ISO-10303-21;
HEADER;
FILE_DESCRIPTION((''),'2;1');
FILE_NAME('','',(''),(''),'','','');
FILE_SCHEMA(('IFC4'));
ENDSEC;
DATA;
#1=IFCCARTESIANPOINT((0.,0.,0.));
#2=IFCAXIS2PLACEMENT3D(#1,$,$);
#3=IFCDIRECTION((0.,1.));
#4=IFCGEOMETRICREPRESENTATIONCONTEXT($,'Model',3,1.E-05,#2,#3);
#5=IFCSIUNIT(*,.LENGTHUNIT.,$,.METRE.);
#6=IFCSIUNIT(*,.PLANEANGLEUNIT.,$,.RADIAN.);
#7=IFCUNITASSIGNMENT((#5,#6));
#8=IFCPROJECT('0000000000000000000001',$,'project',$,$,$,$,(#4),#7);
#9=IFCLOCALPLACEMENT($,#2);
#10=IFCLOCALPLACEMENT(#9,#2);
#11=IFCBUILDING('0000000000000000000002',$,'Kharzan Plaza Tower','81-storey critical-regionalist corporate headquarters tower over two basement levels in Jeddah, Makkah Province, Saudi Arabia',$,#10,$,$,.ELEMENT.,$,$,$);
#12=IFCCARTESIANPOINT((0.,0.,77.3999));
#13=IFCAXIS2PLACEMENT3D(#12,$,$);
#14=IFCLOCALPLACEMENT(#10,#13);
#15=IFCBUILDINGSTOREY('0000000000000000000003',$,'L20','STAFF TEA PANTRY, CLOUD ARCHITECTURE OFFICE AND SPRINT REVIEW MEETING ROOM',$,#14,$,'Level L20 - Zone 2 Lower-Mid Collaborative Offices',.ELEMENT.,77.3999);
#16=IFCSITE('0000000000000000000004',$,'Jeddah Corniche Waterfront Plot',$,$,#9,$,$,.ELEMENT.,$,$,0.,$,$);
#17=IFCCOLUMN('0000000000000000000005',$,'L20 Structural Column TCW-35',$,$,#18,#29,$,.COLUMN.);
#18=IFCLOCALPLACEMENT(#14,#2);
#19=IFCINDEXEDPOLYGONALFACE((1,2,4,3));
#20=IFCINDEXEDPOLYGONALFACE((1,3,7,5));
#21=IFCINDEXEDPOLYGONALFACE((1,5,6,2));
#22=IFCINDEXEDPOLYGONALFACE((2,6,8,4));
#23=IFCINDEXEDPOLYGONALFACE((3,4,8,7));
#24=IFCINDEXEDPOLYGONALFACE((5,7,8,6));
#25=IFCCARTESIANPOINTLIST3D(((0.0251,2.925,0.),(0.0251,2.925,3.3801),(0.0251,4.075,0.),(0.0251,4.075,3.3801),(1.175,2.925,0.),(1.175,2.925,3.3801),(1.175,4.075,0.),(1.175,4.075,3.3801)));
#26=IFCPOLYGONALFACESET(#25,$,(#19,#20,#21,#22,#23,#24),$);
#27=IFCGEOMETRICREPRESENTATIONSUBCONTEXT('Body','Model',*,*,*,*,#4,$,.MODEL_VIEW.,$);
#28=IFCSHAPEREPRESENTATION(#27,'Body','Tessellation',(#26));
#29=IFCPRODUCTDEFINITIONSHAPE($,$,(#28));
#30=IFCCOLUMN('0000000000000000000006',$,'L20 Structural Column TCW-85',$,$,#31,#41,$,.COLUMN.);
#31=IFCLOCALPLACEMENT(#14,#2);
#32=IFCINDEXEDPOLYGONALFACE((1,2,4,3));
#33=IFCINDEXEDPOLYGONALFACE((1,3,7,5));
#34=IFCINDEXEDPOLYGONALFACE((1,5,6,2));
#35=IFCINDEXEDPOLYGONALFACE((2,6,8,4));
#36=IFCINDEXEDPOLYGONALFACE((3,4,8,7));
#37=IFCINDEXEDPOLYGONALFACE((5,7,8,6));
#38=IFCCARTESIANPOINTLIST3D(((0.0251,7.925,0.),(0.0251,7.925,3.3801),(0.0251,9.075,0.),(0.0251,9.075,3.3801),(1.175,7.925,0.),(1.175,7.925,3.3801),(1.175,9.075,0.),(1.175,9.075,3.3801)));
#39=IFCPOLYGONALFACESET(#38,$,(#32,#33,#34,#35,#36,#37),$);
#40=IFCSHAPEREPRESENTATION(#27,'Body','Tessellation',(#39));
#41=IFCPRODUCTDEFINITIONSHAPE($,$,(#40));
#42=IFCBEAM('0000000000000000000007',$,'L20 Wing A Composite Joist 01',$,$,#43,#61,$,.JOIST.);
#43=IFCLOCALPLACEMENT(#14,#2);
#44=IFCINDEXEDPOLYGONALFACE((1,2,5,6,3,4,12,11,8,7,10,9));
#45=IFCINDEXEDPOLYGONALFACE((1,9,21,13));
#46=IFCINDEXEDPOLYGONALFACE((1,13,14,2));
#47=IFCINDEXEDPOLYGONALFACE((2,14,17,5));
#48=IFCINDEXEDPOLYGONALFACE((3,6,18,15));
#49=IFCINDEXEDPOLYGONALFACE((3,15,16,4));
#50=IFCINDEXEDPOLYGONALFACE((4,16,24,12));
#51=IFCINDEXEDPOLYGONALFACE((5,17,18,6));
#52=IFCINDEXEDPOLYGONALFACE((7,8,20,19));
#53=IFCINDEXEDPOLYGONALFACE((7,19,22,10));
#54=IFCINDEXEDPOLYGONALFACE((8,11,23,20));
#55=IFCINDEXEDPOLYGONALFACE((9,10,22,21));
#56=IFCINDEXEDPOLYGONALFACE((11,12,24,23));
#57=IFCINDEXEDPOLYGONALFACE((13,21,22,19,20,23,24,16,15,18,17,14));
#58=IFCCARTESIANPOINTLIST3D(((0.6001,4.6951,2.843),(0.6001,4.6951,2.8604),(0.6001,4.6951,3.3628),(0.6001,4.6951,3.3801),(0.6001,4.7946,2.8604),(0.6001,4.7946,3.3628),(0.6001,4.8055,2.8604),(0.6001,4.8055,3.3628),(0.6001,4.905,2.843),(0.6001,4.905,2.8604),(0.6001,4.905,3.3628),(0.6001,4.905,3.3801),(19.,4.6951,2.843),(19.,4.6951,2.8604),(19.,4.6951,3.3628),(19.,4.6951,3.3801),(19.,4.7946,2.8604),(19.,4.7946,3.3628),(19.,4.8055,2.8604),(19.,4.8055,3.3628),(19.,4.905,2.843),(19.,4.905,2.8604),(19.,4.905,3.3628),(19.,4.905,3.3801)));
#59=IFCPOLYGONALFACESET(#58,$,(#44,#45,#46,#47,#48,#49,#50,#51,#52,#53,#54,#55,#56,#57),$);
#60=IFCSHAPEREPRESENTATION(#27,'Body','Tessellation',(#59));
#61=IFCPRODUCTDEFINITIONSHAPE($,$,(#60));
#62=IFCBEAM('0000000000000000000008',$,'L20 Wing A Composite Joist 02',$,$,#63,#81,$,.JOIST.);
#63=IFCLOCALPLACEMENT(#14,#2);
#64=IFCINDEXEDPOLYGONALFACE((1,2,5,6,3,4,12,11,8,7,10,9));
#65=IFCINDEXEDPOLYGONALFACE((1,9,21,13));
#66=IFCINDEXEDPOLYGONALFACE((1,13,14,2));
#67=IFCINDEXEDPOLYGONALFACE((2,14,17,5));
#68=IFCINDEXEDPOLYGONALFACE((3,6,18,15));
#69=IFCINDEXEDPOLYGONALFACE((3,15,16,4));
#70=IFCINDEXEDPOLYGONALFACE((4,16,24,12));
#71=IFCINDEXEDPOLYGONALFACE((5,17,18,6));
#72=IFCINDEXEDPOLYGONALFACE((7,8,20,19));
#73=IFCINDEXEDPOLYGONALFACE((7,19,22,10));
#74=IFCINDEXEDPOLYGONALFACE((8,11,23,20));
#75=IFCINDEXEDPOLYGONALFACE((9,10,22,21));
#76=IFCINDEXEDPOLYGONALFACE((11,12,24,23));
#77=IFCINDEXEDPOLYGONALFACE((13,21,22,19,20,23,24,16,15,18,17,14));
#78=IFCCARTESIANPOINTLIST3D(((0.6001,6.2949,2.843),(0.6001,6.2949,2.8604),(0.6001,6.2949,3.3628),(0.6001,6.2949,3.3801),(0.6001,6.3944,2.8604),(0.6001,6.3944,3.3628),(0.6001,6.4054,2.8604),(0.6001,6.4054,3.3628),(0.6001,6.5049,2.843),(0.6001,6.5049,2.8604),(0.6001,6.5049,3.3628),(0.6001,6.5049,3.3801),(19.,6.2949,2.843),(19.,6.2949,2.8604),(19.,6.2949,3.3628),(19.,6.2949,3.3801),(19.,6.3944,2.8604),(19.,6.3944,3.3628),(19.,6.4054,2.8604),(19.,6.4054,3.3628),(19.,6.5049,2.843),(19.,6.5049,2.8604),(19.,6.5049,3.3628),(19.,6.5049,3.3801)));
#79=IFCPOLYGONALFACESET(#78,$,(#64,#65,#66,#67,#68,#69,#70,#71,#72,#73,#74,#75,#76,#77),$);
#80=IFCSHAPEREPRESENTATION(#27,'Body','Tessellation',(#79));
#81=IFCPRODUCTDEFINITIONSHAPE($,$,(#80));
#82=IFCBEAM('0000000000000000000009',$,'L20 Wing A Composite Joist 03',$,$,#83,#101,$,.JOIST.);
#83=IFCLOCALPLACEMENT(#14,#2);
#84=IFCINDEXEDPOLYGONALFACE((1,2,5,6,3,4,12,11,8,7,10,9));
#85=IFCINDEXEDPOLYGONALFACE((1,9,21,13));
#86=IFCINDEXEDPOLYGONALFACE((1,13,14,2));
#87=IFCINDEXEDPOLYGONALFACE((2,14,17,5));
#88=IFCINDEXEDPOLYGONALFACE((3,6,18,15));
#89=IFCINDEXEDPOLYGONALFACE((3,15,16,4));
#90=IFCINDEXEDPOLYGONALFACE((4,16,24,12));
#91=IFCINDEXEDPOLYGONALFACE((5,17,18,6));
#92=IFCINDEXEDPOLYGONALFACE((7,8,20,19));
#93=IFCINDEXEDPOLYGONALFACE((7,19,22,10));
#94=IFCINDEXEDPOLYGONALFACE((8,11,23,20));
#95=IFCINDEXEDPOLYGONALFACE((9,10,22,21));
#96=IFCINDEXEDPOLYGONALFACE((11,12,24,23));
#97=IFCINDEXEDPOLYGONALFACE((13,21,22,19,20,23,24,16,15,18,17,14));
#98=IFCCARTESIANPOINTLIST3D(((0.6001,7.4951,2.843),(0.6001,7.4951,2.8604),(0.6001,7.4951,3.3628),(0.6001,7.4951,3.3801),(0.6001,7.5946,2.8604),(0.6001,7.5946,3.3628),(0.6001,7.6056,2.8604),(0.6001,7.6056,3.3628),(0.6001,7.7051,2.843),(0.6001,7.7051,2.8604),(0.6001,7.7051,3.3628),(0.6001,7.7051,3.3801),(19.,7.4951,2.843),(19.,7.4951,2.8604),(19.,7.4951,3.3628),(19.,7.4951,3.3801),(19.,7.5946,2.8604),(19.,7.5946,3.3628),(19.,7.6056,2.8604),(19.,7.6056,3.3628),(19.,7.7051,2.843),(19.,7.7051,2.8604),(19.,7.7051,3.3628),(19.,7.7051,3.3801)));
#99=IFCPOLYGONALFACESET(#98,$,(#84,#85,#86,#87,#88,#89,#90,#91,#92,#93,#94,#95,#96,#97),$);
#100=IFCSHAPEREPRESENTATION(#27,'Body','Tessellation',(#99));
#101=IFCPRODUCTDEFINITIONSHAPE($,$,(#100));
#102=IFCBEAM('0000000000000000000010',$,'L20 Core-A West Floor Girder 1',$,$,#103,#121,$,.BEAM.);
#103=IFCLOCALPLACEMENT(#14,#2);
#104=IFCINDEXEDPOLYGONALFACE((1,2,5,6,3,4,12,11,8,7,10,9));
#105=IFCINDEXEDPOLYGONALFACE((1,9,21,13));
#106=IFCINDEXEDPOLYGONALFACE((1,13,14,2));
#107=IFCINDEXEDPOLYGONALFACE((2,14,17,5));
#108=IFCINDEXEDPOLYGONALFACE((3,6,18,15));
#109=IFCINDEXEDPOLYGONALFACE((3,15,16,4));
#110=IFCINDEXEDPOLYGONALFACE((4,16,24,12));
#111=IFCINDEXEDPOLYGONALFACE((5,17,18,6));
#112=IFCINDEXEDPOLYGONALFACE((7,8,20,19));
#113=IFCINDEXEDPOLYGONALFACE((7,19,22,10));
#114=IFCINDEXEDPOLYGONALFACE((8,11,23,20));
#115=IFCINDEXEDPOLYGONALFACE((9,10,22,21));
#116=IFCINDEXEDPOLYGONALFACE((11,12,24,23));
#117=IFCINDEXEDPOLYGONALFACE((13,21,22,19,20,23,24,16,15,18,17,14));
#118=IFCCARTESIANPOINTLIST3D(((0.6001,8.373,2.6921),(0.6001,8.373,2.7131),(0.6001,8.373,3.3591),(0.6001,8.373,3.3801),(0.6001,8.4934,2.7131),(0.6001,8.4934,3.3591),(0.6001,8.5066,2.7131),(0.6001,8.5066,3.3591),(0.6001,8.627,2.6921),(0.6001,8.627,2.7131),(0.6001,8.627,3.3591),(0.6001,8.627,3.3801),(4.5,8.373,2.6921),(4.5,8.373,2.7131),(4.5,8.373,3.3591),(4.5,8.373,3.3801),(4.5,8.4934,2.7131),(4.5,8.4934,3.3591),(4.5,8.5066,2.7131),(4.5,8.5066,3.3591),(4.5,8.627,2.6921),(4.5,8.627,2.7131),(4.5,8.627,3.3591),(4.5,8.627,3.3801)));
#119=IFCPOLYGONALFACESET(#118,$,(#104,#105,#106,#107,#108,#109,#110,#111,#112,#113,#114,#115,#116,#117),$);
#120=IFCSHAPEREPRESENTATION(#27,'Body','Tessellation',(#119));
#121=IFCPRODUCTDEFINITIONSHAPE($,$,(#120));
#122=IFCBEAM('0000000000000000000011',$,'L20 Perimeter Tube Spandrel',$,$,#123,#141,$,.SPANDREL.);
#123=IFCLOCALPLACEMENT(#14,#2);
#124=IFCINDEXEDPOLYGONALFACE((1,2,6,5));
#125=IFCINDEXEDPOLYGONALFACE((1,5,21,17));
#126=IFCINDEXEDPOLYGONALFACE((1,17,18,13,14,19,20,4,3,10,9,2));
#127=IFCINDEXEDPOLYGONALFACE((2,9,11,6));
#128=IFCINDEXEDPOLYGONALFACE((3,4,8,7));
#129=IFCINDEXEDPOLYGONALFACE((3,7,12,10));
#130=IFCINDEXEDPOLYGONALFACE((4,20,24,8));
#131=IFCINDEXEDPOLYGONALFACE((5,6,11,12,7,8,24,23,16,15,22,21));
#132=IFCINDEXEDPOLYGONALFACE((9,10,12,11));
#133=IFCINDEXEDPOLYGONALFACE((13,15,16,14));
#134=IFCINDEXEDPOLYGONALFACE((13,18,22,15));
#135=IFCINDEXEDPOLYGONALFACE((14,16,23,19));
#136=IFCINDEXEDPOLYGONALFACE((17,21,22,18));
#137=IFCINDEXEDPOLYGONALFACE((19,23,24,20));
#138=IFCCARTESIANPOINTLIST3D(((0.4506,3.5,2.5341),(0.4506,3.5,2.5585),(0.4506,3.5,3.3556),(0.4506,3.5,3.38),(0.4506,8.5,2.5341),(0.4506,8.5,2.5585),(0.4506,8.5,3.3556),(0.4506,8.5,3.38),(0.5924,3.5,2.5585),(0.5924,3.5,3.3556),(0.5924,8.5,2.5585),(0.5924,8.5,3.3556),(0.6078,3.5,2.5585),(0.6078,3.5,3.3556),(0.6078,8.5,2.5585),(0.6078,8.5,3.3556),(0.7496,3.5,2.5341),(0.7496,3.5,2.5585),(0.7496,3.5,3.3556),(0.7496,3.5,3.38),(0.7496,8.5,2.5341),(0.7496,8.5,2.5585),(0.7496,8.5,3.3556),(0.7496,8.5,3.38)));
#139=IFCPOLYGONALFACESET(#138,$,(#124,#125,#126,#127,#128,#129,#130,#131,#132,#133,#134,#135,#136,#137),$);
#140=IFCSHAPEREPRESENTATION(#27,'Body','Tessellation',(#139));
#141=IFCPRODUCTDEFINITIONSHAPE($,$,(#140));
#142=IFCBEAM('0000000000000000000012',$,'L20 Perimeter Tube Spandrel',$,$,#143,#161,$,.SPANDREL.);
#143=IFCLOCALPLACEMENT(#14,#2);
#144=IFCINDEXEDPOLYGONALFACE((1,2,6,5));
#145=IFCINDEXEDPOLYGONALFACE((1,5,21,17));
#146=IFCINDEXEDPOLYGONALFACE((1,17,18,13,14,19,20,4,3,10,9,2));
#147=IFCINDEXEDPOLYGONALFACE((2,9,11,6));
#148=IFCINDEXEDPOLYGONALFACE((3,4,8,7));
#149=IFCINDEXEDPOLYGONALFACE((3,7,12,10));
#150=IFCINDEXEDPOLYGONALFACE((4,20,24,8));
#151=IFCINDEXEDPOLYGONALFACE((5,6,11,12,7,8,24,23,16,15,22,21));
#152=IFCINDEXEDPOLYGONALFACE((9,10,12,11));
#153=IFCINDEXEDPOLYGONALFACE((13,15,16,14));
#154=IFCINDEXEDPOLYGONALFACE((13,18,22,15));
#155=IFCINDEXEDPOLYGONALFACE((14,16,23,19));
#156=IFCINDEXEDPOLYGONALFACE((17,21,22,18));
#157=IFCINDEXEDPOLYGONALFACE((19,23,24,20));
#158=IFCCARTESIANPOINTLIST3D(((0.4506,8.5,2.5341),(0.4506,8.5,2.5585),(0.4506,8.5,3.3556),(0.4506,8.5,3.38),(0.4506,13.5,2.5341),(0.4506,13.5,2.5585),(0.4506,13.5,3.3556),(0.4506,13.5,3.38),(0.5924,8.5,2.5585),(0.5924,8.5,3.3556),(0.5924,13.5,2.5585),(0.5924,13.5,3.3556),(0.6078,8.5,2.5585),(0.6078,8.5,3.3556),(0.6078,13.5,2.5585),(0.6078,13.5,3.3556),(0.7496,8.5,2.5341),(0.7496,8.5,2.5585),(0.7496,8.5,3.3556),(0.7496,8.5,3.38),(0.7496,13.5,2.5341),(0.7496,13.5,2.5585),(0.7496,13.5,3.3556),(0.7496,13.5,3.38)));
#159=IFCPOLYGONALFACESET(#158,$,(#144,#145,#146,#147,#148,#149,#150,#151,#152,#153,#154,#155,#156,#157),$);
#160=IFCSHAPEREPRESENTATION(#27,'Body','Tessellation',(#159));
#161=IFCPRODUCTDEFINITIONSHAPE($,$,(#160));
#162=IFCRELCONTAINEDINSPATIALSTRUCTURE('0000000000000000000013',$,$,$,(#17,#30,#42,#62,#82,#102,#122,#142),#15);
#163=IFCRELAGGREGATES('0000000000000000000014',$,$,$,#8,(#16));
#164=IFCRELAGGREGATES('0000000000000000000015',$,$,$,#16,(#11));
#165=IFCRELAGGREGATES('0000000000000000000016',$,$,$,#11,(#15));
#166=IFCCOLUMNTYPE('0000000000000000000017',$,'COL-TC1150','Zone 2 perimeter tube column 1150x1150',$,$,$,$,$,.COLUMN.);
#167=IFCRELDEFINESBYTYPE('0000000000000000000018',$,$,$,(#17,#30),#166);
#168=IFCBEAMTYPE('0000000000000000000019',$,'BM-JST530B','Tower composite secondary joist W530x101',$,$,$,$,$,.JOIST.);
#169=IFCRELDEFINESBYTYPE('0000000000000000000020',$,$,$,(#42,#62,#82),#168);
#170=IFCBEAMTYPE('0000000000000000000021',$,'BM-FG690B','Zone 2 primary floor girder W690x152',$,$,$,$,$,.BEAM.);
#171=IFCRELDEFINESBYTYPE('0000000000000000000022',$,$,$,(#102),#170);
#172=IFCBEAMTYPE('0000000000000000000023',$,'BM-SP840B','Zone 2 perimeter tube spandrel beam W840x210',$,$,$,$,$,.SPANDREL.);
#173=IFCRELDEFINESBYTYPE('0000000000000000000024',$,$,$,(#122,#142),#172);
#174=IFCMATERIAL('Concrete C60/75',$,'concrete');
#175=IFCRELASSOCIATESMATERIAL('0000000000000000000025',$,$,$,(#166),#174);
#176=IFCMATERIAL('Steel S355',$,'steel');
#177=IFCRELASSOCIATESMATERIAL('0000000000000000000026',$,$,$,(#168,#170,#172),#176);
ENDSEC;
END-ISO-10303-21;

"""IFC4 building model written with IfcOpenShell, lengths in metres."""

from ifc_helpers import new_model, si_unit, direction, frame, origin, origin_2d, place, context, subcontext, project, spatial, rectangle, i_section, extrude, source, transform, mapped, material, material_profile, profile_set, type_object, element, save


model = new_model("IFC4")

# Units and contexts
model_context = context("Model", 3, precision=1e-05, world=origin(), true_north=direction((0.0, 1.0)))
body_context = subcontext(model_context, "Body", "Model", "MODEL_VIEW")
ifc_project = project(units=[si_unit("LENGTHUNIT", "METRE"), si_unit("PLANEANGLEUNIT", "RADIAN")], contexts=[model_context])

# Site, building, storey
site_placement = place(None, origin())
site = spatial("IfcSite", under=ifc_project, at=site_placement, Name="Jeddah Corniche Waterfront Plot", CompositionType="ELEMENT", RefElevation=0.0)
building_placement = place(site_placement, origin())
building = spatial("IfcBuilding", under=site, at=building_placement, Name="Kharzan Plaza Tower", Description="81-storey critical-regionalist corporate headquarters tower over two basement levels in Jeddah, Makkah Province, Saudi Arabia", CompositionType="ELEMENT")
storey_placement = place(building_placement, frame((0.0, 0.0, 77.3999)))
storey = spatial("IfcBuildingStorey", under=building, at=storey_placement, Name="L20", Description="STAFF TEA PANTRY, CLOUD ARCHITECTURE OFFICE AND SPRINT REVIEW MEETING ROOM", LongName="Level L20 - Zone 2 Lower-Mid Collaborative Offices", CompositionType="ELEMENT", Elevation=77.3999)

# Columns
ifc_material_1 = material(Name="Concrete C60/75", Category="concrete")
ifc_material_profile_1 = material_profile(ifc_material_1, rectangle(XDim=1.1499, YDim=1.1499, at=origin_2d()), Name="RC-TC1150x1150")
ifc_profile_set_1 = profile_set([ifc_material_profile_1], Name="Concrete C60/75")
column_type = type_object("IfcColumnType", Name="COL-TC1150", Description="Zone 2 perimeter tube column 1150x1150", PredefinedType="COLUMN", material=ifc_profile_set_1)
shared_shape_1 = source(origin(), body_context, "Body", "SweptSolid", [
    extrude(rectangle(XDim=1.1499, YDim=1.1499, at=origin_2d()), origin(), (0.0, 0.0, 1.0), 3.3801),
])
for number, where, z_axis, x_axis, name in (
    (1, (0.6001, 3.5, 0.0), (0.0, 0.0, 1.0), (1.0, 0.0, 0.0), "L20 Structural Column TCW-35"),
    (2, (0.6001, 8.5, 0.0), (0.0, 0.0, 1.0), (1.0, 0.0, 0.0), "L20 Structural Column TCW-85"),
):
    element("IfcColumn", number, at=place(storey_placement, frame(where, z_axis=z_axis, x_axis=x_axis)), inside=storey, type_object=column_type, Name=name, PredefinedType="COLUMN", context=body_context, shape_type="MappedRepresentation", body=[
        mapped(shared_shape_1, transform((0.0, 0.0, 0.0), x_axis=(1.0, 0.0, 0.0), y_axis=(0.0, 1.0, 0.0), z_axis=(0.0, 0.0, 1.0))),
    ])

# Beams
ifc_material_2 = material(Name="Steel S355", Category="steel")
ifc_material_profile_2 = material_profile(ifc_material_2, i_section(OverallWidth=0.21, OverallDepth=0.5371, WebThickness=0.011, FlangeThickness=0.0173, at=origin_2d()), Name="W530x101")
ifc_profile_set_2 = profile_set([ifc_material_profile_2], Name="Steel S355")
beam_type_1 = type_object("IfcBeamType", Name="BM-JST530B", Description="Tower composite secondary joist W530x101", PredefinedType="JOIST", material=ifc_profile_set_2)
shared_shape_2 = source(origin(), body_context, "Body", "SweptSolid", [
    extrude(i_section(OverallWidth=0.21, OverallDepth=0.5371, WebThickness=0.011, FlangeThickness=0.0173, at=origin_2d()), origin(), (0.0, 0.0, 1.0), 18.3999),
])
for number, where, z_axis, x_axis, name in (
    (3, (0.6001, 4.8, 3.1116), (1.0, 0.0, 0.0), (0.0, 1.0, 0.0), "L20 Wing A Composite Joist 01"),
    (4, (0.6001, 6.3999, 3.1116), (1.0, 0.0, 0.0), (0.0, 1.0, 0.0), "L20 Wing A Composite Joist 02"),
    (5, (0.6001, 7.6001, 3.1116), (1.0, 0.0, 0.0), (0.0, 1.0, 0.0), "L20 Wing A Composite Joist 03"),
):
    element("IfcBeam", number, at=place(storey_placement, frame(where, z_axis=z_axis, x_axis=x_axis)), inside=storey, type_object=beam_type_1, Name=name, PredefinedType="JOIST", context=body_context, shape_type="MappedRepresentation", body=[
        mapped(shared_shape_2, transform((0.0, 0.0, 0.0), x_axis=(1.0, 0.0, 0.0), y_axis=(0.0, 1.0, 0.0), z_axis=(0.0, 0.0, 1.0))),
    ])
ifc_material_profile_3 = material_profile(ifc_material_2, i_section(OverallWidth=0.2539, OverallDepth=0.688, WebThickness=0.0132, FlangeThickness=0.021, at=origin_2d()), Name="W690x152")
ifc_profile_set_3 = profile_set([ifc_material_profile_3], Name="Steel S355")
beam_type_2 = type_object("IfcBeamType", Name="BM-FG690B", Description="Zone 2 primary floor girder W690x152", PredefinedType="BEAM", material=ifc_profile_set_3)
shared_shape_3 = source(origin(), body_context, "Body", "SweptSolid", [
    extrude(i_section(OverallWidth=0.2539, OverallDepth=0.688, WebThickness=0.0132, FlangeThickness=0.021, at=origin_2d()), origin(), (0.0, 0.0, 1.0), 3.8999),
])
beam_placement = place(storey_placement, frame((0.6001, 8.5, 3.0361), z_axis=(1.0, 0.0, 0.0), x_axis=(0.0, 1.0, 0.0)))
element("IfcBeam", 6, at=beam_placement, inside=storey, type_object=beam_type_2, Name="L20 Core-A West Floor Girder 1", PredefinedType="BEAM", context=body_context, shape_type="MappedRepresentation", body=[
    mapped(shared_shape_3, transform((0.0, 0.0, 0.0), x_axis=(1.0, 0.0, 0.0), y_axis=(0.0, 1.0, 0.0), z_axis=(0.0, 0.0, 1.0))),
])
ifc_material_profile_4 = material_profile(ifc_material_2, i_section(OverallWidth=0.2991, OverallDepth=0.8459, WebThickness=0.0154, FlangeThickness=0.0244, at=origin_2d()), Name="W840x210")
ifc_profile_set_4 = profile_set([ifc_material_profile_4], Name="Steel S355")
beam_type_3 = type_object("IfcBeamType", Name="BM-SP840B", Description="Zone 2 perimeter tube spandrel beam W840x210", PredefinedType="SPANDREL", material=ifc_profile_set_4)
shared_shape_4 = source(origin(), body_context, "Body", "SweptSolid", [
    extrude(i_section(OverallWidth=0.2991, OverallDepth=0.8459, WebThickness=0.0154, FlangeThickness=0.0244, at=origin_2d()), origin(), (0.0, 0.0, 1.0), 5.0),
])
for number, where, z_axis, x_axis, name in (
    (7, (0.6001, 3.5, 2.957), (0.0, 1.0, 0.0), (-1.0, 0.0, 0.0), "L20 Perimeter Tube Spandrel"),
    (8, (0.6001, 8.5, 2.957), (0.0, 1.0, 0.0), (-1.0, 0.0, 0.0), "L20 Perimeter Tube Spandrel"),
):
    element("IfcBeam", number, at=place(storey_placement, frame(where, z_axis=z_axis, x_axis=x_axis)), inside=storey, type_object=beam_type_3, Name=name, PredefinedType="SPANDREL", context=body_context, shape_type="MappedRepresentation", body=[
        mapped(shared_shape_4, transform((0.0, 0.0, 0.0), x_axis=(1.0, 0.0, 0.0), y_axis=(0.0, 1.0, 0.0), z_axis=(0.0, 0.0, 1.0))),
    ])

save(model, "model.ifc")
